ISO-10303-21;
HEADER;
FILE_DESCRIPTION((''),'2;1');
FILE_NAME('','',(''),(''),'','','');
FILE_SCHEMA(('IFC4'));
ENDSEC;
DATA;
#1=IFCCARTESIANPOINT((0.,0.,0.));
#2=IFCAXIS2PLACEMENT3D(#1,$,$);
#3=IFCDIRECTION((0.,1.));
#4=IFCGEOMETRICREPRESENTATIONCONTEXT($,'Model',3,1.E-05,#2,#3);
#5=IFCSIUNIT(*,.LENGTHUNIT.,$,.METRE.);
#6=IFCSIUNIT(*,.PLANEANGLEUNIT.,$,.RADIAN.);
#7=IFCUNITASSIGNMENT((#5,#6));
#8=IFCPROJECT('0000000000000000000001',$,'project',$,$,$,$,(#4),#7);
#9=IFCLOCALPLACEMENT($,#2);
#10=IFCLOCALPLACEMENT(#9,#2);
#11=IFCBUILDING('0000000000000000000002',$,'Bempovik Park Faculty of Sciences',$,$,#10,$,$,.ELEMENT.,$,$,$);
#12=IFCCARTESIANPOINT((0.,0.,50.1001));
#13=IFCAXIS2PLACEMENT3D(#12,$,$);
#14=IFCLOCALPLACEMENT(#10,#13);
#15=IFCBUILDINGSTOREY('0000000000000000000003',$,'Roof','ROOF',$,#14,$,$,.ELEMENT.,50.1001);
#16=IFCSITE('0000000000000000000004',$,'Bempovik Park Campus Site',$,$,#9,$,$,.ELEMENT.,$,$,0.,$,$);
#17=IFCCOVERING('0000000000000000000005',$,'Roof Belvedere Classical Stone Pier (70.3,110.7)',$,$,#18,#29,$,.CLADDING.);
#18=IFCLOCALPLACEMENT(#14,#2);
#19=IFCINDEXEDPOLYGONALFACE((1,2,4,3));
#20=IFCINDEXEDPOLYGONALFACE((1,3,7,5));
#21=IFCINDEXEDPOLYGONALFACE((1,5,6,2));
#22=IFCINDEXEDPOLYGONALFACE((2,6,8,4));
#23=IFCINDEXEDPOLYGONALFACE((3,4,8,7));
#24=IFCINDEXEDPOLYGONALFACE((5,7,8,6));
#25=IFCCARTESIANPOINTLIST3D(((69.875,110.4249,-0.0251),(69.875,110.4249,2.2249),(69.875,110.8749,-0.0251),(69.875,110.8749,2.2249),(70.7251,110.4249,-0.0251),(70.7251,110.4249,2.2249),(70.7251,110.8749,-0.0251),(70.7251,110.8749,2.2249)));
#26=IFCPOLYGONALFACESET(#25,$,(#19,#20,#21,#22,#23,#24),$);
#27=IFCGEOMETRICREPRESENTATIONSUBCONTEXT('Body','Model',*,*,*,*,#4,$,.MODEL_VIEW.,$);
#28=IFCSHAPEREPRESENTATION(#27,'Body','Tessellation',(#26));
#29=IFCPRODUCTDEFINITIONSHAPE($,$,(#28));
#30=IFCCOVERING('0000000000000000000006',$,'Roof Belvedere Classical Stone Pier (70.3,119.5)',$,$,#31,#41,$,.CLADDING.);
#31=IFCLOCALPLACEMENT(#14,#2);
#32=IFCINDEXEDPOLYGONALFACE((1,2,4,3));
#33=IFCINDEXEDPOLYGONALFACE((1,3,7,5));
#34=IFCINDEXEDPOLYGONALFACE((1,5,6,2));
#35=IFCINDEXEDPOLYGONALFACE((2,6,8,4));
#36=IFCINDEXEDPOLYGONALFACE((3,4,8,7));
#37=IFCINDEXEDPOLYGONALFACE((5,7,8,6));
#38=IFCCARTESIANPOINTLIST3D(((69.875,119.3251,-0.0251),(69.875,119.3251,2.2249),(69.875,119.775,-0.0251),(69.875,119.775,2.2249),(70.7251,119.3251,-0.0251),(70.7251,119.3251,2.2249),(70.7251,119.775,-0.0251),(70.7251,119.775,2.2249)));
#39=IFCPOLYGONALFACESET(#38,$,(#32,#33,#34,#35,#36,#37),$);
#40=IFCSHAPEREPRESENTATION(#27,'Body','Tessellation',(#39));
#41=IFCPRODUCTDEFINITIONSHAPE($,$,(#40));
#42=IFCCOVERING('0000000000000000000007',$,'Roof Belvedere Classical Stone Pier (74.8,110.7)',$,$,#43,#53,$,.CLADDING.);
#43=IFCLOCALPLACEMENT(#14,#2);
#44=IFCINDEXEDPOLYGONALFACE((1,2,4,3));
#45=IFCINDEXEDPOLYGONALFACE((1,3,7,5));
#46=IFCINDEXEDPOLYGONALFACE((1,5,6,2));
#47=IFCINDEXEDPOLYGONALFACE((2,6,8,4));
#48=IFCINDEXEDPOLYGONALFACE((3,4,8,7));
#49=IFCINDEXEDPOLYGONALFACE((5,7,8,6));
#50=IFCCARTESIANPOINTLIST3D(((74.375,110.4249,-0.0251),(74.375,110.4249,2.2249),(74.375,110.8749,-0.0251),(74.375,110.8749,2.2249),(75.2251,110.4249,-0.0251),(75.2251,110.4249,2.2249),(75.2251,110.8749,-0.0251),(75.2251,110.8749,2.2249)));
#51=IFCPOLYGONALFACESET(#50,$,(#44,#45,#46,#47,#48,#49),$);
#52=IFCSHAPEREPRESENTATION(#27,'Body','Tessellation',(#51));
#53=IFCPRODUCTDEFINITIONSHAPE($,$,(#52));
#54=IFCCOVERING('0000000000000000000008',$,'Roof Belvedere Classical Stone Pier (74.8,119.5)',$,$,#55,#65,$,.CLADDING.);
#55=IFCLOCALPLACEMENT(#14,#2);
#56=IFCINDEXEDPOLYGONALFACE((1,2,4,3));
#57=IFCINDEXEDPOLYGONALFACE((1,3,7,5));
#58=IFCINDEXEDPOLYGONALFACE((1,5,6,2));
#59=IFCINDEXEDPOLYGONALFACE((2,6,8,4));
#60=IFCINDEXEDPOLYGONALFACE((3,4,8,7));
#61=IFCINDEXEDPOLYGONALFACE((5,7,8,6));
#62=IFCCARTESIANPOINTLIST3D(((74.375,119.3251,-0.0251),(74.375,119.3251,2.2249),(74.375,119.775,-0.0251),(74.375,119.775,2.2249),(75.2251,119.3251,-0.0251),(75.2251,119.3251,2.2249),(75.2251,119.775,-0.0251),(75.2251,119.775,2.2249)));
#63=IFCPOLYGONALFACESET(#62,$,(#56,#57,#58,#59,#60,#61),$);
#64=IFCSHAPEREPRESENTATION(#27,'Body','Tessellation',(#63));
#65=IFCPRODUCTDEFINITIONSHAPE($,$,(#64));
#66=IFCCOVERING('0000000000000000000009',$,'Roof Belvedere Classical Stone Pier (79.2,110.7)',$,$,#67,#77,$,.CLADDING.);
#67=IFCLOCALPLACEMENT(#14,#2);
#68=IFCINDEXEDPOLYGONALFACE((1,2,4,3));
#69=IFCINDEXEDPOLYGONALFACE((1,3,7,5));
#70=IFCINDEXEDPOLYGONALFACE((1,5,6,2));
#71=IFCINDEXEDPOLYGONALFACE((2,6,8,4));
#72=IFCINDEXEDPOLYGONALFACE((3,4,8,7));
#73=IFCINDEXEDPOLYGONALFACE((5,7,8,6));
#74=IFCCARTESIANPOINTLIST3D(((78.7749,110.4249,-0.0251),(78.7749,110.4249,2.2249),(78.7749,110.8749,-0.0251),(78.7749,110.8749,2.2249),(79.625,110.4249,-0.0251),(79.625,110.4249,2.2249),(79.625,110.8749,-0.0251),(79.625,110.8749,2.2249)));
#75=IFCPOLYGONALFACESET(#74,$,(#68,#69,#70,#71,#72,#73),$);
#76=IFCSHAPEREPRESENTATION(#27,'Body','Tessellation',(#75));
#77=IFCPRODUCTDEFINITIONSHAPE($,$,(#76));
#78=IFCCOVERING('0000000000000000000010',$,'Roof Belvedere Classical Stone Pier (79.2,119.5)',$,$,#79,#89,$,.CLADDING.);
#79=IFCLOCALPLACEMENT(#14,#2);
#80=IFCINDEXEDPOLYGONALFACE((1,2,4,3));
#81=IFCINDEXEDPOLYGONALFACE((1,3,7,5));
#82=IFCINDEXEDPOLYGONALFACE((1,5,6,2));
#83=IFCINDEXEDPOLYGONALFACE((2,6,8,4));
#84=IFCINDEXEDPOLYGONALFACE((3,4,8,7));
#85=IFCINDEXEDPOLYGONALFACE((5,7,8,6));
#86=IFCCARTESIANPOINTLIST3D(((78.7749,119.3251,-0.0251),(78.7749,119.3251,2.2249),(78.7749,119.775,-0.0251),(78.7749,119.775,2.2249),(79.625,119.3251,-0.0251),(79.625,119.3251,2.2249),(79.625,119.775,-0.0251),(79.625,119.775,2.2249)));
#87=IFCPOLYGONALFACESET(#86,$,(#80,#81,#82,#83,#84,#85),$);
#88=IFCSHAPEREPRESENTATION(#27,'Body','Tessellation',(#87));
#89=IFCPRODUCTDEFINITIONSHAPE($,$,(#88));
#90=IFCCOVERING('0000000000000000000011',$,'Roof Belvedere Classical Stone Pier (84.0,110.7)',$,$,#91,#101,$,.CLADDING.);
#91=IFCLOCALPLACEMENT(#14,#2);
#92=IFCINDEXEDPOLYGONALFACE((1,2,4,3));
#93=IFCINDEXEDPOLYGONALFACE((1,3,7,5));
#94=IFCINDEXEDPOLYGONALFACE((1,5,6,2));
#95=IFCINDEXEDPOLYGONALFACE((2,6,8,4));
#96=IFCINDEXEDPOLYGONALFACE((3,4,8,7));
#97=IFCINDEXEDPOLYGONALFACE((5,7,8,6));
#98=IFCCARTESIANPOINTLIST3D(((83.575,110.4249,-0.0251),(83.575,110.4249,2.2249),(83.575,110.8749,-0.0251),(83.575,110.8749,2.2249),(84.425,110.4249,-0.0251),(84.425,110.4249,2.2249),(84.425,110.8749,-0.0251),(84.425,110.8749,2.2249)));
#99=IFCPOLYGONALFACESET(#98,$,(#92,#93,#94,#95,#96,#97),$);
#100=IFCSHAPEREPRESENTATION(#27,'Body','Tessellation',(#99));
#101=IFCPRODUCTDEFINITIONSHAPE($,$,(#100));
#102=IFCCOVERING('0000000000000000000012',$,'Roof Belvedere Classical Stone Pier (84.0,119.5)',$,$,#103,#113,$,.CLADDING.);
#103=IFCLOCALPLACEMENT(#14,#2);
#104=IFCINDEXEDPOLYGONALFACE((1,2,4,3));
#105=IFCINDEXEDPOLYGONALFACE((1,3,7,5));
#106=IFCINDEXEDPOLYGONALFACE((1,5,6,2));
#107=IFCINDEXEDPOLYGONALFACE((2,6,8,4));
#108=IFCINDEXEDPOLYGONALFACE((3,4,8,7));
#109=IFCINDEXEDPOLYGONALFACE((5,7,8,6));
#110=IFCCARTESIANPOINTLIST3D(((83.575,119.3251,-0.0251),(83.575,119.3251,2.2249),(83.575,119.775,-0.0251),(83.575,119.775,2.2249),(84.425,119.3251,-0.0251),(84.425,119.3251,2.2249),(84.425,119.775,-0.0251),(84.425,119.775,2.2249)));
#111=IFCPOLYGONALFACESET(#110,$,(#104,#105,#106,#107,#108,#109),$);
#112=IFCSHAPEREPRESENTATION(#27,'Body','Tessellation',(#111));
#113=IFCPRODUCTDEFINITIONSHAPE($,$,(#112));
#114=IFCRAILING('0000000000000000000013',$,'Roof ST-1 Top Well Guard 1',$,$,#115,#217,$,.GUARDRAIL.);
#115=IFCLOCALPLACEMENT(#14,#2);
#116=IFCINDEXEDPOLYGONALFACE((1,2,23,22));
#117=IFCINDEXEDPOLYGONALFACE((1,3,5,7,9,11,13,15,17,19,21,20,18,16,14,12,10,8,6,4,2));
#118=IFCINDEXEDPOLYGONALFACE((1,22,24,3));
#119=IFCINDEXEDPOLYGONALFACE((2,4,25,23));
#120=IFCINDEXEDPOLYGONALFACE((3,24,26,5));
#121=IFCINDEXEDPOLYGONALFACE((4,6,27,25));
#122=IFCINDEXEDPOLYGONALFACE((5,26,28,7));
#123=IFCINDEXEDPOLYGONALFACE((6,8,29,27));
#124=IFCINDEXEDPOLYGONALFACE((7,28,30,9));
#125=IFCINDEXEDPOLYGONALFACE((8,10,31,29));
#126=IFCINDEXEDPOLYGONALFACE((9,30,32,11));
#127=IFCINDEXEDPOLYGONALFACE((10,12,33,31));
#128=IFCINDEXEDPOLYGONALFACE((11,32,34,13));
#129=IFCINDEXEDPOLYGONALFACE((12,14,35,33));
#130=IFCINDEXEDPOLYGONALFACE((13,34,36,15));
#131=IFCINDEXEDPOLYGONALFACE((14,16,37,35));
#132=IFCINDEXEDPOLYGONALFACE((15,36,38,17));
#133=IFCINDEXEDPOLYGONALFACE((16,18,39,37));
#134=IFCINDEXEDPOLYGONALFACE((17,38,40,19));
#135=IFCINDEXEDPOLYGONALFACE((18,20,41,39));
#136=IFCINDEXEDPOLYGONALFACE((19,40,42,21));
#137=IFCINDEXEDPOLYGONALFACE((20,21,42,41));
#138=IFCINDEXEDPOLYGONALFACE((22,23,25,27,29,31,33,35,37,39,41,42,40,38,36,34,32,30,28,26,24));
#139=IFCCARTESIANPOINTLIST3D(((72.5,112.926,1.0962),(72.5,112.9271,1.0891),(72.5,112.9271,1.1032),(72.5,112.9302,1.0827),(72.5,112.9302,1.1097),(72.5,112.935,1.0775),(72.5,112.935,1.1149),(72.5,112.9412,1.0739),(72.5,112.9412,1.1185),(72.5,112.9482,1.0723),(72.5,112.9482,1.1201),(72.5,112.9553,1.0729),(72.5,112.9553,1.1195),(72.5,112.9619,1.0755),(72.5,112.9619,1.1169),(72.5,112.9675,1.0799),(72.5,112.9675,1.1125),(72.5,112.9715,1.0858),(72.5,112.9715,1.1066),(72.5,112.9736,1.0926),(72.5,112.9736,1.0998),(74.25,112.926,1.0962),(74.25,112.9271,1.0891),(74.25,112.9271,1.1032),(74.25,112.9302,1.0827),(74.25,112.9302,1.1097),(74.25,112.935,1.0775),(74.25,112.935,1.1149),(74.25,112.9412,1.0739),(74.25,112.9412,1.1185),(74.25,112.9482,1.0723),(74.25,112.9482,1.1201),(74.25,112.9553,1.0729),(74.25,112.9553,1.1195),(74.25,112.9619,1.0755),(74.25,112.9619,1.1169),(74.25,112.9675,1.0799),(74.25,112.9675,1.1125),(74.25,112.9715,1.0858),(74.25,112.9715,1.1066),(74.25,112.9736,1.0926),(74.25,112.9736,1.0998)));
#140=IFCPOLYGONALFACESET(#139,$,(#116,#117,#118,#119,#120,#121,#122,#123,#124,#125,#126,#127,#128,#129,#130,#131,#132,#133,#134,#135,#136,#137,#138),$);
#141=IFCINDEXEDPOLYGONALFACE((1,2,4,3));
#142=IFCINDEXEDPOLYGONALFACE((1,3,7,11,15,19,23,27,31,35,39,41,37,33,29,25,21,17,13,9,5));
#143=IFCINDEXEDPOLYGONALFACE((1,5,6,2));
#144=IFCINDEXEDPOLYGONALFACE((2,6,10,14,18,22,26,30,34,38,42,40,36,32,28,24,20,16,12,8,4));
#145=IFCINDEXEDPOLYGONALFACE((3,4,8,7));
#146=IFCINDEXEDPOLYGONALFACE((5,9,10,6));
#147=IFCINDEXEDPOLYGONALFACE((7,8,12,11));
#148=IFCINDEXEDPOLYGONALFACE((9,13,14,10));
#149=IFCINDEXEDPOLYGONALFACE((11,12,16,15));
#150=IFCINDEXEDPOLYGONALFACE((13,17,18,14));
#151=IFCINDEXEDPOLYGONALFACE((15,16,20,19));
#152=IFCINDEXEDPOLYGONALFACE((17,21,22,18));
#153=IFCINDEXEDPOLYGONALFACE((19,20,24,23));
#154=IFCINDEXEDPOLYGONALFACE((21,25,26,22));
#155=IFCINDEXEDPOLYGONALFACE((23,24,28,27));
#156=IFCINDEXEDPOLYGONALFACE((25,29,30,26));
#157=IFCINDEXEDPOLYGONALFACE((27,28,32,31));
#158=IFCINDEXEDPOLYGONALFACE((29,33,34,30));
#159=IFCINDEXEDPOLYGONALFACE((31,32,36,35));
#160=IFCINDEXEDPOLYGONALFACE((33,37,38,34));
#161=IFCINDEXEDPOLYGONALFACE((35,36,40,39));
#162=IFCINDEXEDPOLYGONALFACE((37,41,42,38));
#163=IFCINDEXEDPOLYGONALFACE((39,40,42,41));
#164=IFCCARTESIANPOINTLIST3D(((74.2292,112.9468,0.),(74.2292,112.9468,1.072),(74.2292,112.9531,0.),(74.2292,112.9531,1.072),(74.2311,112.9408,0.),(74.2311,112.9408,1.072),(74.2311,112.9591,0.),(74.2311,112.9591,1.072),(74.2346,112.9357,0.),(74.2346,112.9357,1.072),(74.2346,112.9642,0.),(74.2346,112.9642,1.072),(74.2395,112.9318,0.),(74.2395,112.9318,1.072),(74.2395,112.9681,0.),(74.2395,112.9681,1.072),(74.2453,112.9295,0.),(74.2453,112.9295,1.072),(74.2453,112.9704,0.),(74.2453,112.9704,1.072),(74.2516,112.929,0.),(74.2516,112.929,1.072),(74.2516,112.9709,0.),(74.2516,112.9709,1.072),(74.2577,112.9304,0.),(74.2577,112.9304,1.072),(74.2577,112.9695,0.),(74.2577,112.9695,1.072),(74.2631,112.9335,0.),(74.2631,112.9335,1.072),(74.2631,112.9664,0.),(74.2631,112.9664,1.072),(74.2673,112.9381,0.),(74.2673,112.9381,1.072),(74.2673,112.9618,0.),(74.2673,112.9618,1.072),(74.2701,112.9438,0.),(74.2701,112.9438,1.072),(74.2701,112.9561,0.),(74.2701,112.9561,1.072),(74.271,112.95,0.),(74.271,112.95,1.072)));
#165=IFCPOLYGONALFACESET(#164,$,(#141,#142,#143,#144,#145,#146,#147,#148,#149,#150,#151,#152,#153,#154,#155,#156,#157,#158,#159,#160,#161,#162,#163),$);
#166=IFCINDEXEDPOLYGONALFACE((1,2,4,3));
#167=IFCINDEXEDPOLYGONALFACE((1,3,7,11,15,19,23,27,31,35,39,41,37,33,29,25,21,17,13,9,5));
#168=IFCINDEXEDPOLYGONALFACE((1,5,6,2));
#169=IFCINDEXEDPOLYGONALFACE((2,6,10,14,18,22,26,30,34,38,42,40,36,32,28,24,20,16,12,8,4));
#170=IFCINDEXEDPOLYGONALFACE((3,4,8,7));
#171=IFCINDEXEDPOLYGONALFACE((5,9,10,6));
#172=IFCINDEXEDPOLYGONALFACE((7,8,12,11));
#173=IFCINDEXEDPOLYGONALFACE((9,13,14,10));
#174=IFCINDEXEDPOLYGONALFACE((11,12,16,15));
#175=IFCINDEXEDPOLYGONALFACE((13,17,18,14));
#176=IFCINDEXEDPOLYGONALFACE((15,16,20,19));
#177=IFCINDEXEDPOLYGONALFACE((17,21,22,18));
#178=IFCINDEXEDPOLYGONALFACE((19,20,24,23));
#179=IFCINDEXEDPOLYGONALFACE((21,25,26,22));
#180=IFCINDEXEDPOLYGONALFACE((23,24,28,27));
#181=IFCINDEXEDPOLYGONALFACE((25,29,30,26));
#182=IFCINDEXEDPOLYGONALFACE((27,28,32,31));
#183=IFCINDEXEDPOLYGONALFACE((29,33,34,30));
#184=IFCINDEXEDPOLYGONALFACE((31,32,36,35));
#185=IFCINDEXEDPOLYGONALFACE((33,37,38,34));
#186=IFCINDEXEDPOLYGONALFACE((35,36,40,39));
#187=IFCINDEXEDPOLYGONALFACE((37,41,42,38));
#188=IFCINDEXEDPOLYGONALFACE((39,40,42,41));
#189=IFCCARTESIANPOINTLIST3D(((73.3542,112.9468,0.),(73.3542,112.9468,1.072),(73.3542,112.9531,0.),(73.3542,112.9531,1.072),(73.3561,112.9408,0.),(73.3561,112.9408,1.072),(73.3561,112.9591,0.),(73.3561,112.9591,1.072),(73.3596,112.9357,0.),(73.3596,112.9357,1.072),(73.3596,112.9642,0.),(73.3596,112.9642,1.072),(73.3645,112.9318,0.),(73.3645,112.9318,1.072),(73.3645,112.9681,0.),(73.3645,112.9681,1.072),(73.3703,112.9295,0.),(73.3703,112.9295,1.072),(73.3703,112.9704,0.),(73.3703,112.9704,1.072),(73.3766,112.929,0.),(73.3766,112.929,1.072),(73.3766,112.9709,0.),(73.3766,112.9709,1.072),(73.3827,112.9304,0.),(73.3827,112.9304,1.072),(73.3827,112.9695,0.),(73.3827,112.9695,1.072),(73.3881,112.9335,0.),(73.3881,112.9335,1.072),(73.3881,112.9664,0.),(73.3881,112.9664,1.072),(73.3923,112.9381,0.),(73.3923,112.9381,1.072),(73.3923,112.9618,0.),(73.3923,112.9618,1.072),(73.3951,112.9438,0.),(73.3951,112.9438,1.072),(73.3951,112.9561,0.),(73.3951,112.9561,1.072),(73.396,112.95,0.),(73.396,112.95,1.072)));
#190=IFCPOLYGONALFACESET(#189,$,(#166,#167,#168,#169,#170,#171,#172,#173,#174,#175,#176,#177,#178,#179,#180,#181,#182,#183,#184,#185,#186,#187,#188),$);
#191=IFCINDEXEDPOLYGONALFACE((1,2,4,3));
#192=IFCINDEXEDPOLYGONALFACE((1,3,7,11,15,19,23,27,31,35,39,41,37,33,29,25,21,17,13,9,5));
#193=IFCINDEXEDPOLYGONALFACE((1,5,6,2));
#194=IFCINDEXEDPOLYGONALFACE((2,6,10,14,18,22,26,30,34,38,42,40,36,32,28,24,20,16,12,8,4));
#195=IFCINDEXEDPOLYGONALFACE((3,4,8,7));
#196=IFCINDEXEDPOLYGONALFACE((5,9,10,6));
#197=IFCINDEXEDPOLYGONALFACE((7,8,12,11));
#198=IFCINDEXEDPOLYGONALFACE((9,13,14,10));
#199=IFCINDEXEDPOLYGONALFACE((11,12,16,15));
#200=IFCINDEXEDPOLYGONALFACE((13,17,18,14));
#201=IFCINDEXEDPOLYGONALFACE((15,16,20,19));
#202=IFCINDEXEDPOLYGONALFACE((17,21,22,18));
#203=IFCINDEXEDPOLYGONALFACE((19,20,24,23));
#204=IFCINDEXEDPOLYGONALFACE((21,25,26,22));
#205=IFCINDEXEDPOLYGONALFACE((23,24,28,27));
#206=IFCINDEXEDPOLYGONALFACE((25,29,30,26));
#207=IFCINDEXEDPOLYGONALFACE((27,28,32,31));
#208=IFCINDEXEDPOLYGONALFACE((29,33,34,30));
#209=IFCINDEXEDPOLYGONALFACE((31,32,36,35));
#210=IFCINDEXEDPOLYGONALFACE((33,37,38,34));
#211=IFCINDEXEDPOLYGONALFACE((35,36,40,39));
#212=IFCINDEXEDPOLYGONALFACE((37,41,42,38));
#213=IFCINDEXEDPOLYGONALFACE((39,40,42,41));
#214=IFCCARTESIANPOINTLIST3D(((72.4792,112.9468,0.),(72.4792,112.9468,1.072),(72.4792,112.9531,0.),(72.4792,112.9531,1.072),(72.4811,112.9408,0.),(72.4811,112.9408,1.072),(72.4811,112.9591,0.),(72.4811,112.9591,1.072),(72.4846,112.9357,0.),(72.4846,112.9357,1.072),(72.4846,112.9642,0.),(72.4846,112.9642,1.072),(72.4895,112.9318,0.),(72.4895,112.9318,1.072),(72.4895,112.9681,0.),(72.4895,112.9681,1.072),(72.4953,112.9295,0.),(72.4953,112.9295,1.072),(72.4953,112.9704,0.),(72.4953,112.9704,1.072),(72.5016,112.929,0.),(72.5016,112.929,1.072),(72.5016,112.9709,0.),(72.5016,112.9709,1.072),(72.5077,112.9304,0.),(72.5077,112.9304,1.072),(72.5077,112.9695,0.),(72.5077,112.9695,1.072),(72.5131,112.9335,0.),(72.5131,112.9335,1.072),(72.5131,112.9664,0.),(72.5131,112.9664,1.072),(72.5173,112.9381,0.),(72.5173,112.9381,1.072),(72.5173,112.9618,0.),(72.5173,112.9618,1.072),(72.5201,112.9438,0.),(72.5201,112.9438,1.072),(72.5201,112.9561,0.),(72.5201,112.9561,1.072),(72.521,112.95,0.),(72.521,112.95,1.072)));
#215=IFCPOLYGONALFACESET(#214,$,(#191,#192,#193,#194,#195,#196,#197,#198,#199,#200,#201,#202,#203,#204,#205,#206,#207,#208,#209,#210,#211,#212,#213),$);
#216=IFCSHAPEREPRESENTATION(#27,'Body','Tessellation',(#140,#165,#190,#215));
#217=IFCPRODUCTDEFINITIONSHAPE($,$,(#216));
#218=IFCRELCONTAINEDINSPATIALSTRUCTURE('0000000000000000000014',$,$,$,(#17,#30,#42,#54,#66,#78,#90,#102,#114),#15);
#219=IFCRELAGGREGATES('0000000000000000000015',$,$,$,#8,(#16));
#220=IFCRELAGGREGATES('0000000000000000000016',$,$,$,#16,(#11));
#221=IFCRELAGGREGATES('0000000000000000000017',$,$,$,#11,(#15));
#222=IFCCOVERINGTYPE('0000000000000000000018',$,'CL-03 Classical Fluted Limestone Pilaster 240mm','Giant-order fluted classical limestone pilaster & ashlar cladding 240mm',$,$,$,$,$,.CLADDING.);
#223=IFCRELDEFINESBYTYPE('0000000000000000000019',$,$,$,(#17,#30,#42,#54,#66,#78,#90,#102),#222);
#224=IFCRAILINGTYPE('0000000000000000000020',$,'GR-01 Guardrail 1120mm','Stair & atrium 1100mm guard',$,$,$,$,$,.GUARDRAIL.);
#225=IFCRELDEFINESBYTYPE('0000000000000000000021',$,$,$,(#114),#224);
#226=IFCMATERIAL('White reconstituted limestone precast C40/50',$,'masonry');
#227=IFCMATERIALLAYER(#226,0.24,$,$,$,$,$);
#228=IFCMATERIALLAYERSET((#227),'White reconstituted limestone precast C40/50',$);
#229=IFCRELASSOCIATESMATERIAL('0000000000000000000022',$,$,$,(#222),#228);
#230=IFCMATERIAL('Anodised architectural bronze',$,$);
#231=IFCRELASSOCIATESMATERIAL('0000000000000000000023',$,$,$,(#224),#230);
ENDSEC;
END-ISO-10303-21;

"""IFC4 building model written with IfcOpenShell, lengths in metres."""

from ifc_helpers import new_model, si_unit, direction, frame, origin, origin_2d, place, context, subcontext, project, spatial, rectangle, circle, extrude, material, layer, layer_set, type_object, element, save


model = new_model("IFC4")

# Units and contexts
model_context = context("Model", 3, precision=1e-05, world=origin(), true_north=direction((0.0, 1.0)))
body_context = subcontext(model_context, "Body", "Model", "MODEL_VIEW")
ifc_project = project(units=[si_unit("LENGTHUNIT", "METRE"), si_unit("PLANEANGLEUNIT", "RADIAN")], contexts=[model_context])

# Site, building, storey
site_placement = place(None, origin())
site = spatial("IfcSite", under=ifc_project, at=site_placement, Name="Bempovik Park Campus Site", CompositionType="ELEMENT", RefElevation=0.0)
building_placement = place(site_placement, origin())
building = spatial("IfcBuilding", under=site, at=building_placement, Name="Bempovik Park Faculty of Sciences", CompositionType="ELEMENT")
storey_placement = place(building_placement, frame((0.0, 0.0, 50.1001)))
storey = spatial("IfcBuildingStorey", under=building, at=storey_placement, Name="Roof", Description="ROOF", CompositionType="ELEMENT", Elevation=50.1001)

# Coverings
ifc_material_1 = material(Name="White reconstituted limestone precast C40/50", Category="masonry")
ifc_layer_1 = layer(ifc_material_1, 0.24)
ifc_layer_set_1 = layer_set([ifc_layer_1], Name="White reconstituted limestone precast C40/50")
covering_type = type_object("IfcCoveringType", Name="CL-03 Classical Fluted Limestone Pilaster 240mm", Description="Giant-order fluted classical limestone pilaster & ashlar cladding 240mm", PredefinedType="CLADDING", material=ifc_layer_set_1)
for number, where, z_axis, x_axis, name in (
    (1, (70.3, 110.6499, -0.0251), (0.0, 0.0, 1.0), (1.0, 0.0, 0.0), "Roof Belvedere Classical Stone Pier (70.3,110.7)"),
    (2, (70.3, 119.55, -0.0251), (0.0, 0.0, 1.0), (1.0, 0.0, 0.0), "Roof Belvedere Classical Stone Pier (70.3,119.5)"),
    (3, (74.8, 110.6499, -0.0251), (0.0, 0.0, 1.0), (1.0, 0.0, 0.0), "Roof Belvedere Classical Stone Pier (74.8,110.7)"),
    (4, (74.8, 119.55, -0.0251), (0.0, 0.0, 1.0), (1.0, 0.0, 0.0), "Roof Belvedere Classical Stone Pier (74.8,119.5)"),
    (5, (79.2, 110.6499, -0.0251), (0.0, 0.0, 1.0), (1.0, 0.0, 0.0), "Roof Belvedere Classical Stone Pier (79.2,110.7)"),
    (6, (79.2, 119.55, -0.0251), (0.0, 0.0, 1.0), (1.0, 0.0, 0.0), "Roof Belvedere Classical Stone Pier (79.2,119.5)"),
    (7, (84.0, 110.6499, -0.0251), (0.0, 0.0, 1.0), (1.0, 0.0, 0.0), "Roof Belvedere Classical Stone Pier (84.0,110.7)"),
    (8, (84.0, 119.55, -0.0251), (0.0, 0.0, 1.0), (1.0, 0.0, 0.0), "Roof Belvedere Classical Stone Pier (84.0,119.5)"),
):
    element("IfcCovering", number, at=place(storey_placement, frame(where, z_axis=z_axis, x_axis=x_axis)), inside=storey, type_object=covering_type, Name=name, PredefinedType="CLADDING", context=body_context, shape_type="SweptSolid", body=[
        extrude(rectangle(XDim=0.8501, YDim=0.45, at=origin_2d()), origin(), (0.0, 0.0, 1.0), 2.25),
    ])

# Railing
ifc_material_2 = material(Name="Anodised architectural bronze")
railing_type_1 = type_object("IfcRailingType", Name="GR-01 Guardrail 1120mm", Description="Stair & atrium 1100mm guard", PredefinedType="GUARDRAIL", material=ifc_material_2)
railing_1_placement = place(storey_placement, frame((74.25, 112.95, 0.0)))
element("IfcRailing", 9, at=railing_1_placement, inside=storey, type_object=railing_type_1, Name="Roof ST-1 Top Well Guard 1", PredefinedType="GUARDRAIL", context=body_context, shape_type="SweptSolid", body=[
    extrude(circle(Radius=0.0239, at=origin_2d()), frame((0.0, 0.0, 1.0962), z_axis=(-1.0, 0.0, 0.0), x_axis=(0.0, -1.0, 0.0)), (0.0, 0.0, 1.0), 1.75),
    extrude(circle(Radius=0.021, at=origin_2d()), origin(), (0.0, 0.0, 1.0), 1.072),
    extrude(circle(Radius=0.021, at=origin_2d()), frame((-0.875, 0.0, 0.0)), (0.0, 0.0, 1.0), 1.072),
    extrude(circle(Radius=0.021, at=origin_2d()), frame((-1.75, 0.0, 0.0)), (0.0, 0.0, 1.0), 1.072),
])

save(model, "model.ifc")
